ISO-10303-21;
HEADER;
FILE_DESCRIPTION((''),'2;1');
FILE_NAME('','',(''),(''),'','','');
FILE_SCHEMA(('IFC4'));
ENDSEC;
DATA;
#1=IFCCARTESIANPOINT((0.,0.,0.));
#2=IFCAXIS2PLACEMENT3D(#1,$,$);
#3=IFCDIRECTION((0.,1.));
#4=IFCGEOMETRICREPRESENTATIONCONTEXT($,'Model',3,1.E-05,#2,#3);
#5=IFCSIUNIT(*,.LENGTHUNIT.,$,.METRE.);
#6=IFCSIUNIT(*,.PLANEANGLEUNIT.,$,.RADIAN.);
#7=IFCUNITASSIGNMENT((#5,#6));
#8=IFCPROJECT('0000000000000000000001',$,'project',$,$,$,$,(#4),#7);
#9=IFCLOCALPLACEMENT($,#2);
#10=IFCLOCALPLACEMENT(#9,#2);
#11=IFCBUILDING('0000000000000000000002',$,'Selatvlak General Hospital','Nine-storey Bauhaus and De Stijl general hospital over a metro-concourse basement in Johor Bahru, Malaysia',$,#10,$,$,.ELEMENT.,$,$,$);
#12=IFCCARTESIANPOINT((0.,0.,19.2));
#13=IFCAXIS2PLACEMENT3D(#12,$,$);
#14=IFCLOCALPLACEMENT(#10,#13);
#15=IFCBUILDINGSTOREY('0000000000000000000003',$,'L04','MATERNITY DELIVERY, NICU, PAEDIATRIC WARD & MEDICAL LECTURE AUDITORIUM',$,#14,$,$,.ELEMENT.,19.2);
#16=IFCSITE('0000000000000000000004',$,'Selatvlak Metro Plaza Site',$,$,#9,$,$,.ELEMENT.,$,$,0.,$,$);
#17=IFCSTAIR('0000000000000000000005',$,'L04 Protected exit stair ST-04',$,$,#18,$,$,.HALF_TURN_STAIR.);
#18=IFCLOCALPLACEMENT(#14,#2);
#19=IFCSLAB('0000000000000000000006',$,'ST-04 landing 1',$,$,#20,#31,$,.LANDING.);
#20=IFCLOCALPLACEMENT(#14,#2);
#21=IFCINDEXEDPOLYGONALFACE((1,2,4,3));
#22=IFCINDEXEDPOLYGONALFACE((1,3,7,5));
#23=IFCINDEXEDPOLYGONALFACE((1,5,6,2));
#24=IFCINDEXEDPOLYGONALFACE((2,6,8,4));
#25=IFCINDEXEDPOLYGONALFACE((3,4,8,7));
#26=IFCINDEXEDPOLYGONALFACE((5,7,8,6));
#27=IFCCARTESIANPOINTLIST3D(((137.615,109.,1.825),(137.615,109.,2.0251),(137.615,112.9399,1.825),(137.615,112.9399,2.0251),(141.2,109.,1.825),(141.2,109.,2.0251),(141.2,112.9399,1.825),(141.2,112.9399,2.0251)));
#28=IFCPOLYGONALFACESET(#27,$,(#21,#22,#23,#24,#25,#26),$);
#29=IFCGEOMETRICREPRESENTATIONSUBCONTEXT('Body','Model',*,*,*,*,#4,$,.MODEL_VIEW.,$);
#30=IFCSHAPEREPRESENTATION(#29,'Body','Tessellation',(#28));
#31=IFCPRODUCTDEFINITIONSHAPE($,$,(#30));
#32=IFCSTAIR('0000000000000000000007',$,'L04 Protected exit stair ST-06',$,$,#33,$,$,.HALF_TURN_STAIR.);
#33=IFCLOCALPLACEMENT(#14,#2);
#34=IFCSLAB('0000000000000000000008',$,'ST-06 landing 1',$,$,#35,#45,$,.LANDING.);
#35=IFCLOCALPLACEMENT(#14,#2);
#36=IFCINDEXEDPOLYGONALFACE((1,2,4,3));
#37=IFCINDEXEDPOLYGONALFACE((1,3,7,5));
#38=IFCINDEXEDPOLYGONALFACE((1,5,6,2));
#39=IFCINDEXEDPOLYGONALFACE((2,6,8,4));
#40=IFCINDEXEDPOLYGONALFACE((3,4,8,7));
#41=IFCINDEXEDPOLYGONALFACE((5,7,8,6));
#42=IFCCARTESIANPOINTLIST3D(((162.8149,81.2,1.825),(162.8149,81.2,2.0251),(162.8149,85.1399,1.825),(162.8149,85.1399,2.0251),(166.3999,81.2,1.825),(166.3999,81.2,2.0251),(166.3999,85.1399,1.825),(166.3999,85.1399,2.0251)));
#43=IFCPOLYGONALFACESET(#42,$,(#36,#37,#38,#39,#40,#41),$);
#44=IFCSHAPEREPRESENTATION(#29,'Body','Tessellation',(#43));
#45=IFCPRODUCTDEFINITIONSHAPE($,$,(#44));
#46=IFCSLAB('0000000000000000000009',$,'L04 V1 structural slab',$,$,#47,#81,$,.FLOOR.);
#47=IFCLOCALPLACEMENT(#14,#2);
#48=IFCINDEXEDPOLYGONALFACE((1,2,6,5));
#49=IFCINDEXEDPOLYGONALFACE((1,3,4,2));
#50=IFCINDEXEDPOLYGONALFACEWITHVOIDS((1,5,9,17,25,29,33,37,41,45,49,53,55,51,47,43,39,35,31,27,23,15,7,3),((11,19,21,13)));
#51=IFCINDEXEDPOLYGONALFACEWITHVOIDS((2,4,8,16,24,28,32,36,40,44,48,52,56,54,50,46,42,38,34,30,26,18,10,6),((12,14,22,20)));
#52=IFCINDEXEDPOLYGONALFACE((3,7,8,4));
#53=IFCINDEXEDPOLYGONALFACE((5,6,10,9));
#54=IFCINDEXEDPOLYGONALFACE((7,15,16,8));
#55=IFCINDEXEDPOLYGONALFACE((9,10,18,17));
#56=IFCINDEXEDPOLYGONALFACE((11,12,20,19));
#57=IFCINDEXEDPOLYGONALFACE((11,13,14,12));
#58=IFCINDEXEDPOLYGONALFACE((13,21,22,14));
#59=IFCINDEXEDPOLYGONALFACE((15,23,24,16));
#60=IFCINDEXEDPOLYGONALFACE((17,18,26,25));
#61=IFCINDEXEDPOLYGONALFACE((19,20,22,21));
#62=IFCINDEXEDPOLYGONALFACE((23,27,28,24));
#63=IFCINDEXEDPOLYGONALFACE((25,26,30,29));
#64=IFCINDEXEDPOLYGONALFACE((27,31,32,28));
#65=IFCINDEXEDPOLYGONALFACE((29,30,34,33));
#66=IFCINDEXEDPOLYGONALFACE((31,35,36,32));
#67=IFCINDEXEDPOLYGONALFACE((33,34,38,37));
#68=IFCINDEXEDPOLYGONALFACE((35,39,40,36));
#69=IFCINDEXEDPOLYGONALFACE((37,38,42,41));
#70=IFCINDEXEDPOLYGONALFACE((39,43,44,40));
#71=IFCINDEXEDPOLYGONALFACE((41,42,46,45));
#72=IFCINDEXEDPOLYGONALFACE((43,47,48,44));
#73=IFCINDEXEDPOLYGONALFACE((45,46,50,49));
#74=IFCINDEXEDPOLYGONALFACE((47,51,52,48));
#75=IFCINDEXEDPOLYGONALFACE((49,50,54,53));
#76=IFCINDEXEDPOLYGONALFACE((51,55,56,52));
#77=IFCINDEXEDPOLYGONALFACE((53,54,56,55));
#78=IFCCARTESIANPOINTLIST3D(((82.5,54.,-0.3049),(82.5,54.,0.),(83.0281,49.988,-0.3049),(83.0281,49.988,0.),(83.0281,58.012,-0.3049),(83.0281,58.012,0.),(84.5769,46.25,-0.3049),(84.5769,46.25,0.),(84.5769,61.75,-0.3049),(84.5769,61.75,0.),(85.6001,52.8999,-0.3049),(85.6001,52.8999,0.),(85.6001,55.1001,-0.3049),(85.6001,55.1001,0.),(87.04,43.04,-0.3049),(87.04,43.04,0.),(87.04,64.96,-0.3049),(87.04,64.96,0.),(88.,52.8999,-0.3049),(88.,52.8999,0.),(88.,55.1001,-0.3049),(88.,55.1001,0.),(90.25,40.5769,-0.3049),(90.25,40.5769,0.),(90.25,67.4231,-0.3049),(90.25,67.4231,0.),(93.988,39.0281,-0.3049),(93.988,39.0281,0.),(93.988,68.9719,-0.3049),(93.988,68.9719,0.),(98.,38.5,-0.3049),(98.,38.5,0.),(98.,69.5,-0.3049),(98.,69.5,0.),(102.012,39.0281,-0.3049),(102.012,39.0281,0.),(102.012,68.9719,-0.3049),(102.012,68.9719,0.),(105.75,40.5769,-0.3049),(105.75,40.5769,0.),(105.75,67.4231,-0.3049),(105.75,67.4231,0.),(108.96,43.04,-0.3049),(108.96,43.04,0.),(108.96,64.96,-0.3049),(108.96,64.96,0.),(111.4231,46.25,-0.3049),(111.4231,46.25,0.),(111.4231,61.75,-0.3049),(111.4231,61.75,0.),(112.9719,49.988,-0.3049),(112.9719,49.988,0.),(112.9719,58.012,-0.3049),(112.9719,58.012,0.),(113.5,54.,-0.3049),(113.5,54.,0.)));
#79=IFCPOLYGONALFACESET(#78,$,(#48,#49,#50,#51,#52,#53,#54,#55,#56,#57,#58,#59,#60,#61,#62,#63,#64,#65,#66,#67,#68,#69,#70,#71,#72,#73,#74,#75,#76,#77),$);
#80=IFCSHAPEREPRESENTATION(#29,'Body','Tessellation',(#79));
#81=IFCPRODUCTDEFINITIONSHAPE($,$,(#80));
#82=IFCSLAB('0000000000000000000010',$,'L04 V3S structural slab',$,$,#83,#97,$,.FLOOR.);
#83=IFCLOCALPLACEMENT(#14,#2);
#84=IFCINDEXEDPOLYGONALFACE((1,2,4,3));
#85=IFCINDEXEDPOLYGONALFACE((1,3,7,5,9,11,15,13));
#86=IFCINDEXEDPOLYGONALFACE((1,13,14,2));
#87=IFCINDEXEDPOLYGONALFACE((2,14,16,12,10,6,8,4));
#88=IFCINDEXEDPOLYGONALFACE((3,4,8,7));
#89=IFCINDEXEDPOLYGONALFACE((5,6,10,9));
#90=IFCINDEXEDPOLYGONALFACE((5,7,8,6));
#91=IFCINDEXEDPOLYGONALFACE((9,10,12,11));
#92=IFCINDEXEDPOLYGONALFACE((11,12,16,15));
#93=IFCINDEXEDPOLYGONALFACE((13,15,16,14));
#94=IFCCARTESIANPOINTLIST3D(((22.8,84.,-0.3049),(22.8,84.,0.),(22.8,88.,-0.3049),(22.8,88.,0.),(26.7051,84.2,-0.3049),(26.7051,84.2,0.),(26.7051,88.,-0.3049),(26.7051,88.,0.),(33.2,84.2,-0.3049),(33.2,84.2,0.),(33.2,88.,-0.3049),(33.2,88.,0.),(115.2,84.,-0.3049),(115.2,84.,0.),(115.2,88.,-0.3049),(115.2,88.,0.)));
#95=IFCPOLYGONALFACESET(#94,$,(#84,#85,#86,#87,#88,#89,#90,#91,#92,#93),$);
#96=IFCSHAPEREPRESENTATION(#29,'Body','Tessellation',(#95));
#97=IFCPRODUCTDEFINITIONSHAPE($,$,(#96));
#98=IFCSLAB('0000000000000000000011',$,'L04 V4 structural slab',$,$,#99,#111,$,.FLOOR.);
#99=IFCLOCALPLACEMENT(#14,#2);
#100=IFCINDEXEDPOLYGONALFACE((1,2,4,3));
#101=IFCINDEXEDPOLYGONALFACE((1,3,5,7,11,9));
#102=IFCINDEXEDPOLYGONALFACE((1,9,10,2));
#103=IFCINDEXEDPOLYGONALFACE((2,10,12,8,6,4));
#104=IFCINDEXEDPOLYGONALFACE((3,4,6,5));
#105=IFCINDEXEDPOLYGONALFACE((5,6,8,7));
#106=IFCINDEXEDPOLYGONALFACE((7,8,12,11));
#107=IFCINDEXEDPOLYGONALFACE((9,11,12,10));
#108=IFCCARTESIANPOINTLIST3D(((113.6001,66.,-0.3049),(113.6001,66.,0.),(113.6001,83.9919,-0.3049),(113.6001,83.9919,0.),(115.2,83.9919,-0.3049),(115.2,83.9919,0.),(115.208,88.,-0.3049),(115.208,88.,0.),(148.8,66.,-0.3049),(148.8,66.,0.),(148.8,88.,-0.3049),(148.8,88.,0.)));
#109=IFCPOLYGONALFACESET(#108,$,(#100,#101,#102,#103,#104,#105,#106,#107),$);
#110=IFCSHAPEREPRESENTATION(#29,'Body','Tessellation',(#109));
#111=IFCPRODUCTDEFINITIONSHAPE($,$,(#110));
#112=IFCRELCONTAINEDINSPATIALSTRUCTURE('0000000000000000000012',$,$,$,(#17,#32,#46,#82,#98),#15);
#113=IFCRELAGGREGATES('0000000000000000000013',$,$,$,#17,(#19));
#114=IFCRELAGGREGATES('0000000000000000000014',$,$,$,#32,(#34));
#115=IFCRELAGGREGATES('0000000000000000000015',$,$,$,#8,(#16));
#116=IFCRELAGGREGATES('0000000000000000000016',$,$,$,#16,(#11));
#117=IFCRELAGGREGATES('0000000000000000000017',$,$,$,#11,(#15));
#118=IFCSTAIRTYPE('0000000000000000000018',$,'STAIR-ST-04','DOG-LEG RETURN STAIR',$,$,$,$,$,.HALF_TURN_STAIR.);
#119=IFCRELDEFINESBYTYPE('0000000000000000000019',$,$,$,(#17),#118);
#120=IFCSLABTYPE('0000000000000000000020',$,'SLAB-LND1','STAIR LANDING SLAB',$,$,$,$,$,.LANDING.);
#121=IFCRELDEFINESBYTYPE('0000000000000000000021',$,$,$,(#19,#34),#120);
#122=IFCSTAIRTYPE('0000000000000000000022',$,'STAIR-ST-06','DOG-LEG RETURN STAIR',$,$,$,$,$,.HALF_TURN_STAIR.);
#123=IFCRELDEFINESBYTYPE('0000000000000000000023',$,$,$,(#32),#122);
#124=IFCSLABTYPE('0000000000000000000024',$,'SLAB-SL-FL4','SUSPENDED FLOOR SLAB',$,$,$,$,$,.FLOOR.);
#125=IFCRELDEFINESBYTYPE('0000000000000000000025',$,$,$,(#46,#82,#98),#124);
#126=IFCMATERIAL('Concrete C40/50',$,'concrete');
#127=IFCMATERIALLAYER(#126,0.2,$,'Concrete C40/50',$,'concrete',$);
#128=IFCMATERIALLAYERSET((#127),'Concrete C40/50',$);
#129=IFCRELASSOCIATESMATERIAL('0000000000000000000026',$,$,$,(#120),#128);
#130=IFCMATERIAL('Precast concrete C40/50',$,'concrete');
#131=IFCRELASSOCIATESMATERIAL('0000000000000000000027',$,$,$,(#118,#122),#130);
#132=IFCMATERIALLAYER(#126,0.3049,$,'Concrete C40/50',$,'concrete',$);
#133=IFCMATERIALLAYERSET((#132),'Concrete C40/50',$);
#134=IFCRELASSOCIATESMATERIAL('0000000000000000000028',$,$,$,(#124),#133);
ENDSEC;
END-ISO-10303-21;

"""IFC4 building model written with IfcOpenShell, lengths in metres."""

from ifc_helpers import new_model, si_unit, direction, frame, origin, place, context, subcontext, project, spatial, polyline, outline, extrude, material, layer, layer_set, type_object, element, aggregate, save


model = new_model("IFC4")

# Units and contexts
model_context = context("Model", 3, precision=1e-05, world=origin(), true_north=direction((0.0, 1.0)))
body_context = subcontext(model_context, "Body", "Model", "MODEL_VIEW")
ifc_project = project(units=[si_unit("LENGTHUNIT", "METRE"), si_unit("PLANEANGLEUNIT", "RADIAN")], contexts=[model_context])

# Site, building, storey
site_placement = place(None, origin())
site = spatial("IfcSite", under=ifc_project, at=site_placement, Name="Selatvlak Metro Plaza Site", CompositionType="ELEMENT", RefElevation=0.0)
building_placement = place(site_placement, origin())
building = spatial("IfcBuilding", under=site, at=building_placement, Name="Selatvlak General Hospital", Description="Nine-storey Bauhaus and De Stijl general hospital over a metro-concourse basement in Johor Bahru, Malaysia", CompositionType="ELEMENT")
storey_placement = place(building_placement, frame((0.0, 0.0, 19.2)))
storey = spatial("IfcBuildingStorey", under=building, at=storey_placement, Name="L04", Description="MATERNITY DELIVERY, NICU, PAEDIATRIC WARD & MEDICAL LECTURE AUDITORIUM", CompositionType="ELEMENT", Elevation=19.2)

# Shared definitions
ifc_material_1 = material(Name="Concrete C40/50", Category="concrete")

# Stairs, slabs
ifc_material_2 = material(Name="Precast concrete C40/50", Category="concrete")
ifc_layer_1 = layer(ifc_material_1, 0.2, Name="Concrete C40/50", Category="concrete")
ifc_layer_set_1 = layer_set([ifc_layer_1], Name="Concrete C40/50")
slab_type_1 = type_object("IfcSlabType", Name="SLAB-LND1", Description="STAIR LANDING SLAB", PredefinedType="LANDING", material=ifc_layer_set_1)
stair_type_1 = type_object("IfcStairType", Name="STAIR-ST-04", Description="DOG-LEG RETURN STAIR", PredefinedType="HALF_TURN_STAIR", material=ifc_material_2)
stair_1_placement = place(storey_placement, origin())
stair_1 = element("IfcStair", 1, at=stair_1_placement, inside=storey, type_object=stair_type_1, Name="L04 Protected exit stair ST-04", PredefinedType="HALF_TURN_STAIR")
slab_1_placement = place(storey_placement, frame((0.0, 0.0, 1.825)))
slab_1 = element("IfcSlab", 2, at=slab_1_placement, type_object=slab_type_1, Name="ST-04 landing 1", PredefinedType="LANDING", context=body_context, shape_type="SweptSolid", body=[
    extrude(outline(polyline([(137.615, 109.0), (141.2, 109.0), (141.2, 112.9399), (137.615, 112.9399), (137.615, 109.0)])), origin(), (0.0, 0.0, 1.0), 0.2002),
])
aggregate(stair_1, [slab_1])
stair_type_2 = type_object("IfcStairType", Name="STAIR-ST-06", Description="DOG-LEG RETURN STAIR", PredefinedType="HALF_TURN_STAIR", material=ifc_material_2)
stair_2_placement = place(storey_placement, origin())
stair_2 = element("IfcStair", 3, at=stair_2_placement, inside=storey, type_object=stair_type_2, Name="L04 Protected exit stair ST-06", PredefinedType="HALF_TURN_STAIR")
slab_2_placement = place(storey_placement, frame((0.0, 0.0, 1.825)))
slab_2 = element("IfcSlab", 4, at=slab_2_placement, type_object=slab_type_1, Name="ST-06 landing 1", PredefinedType="LANDING", context=body_context, shape_type="SweptSolid", body=[
    extrude(outline(polyline([(162.8149, 81.2), (166.3999, 81.2), (166.3999, 85.1399), (162.8149, 85.1399), (162.8149, 81.2)])), origin(), (0.0, 0.0, 1.0), 0.2002),
])
aggregate(stair_2, [slab_2])

# Slabs
ifc_layer_2 = layer(ifc_material_1, 0.3049, Name="Concrete C40/50", Category="concrete")
ifc_layer_set_2 = layer_set([ifc_layer_2], Name="Concrete C40/50")
slab_type_2 = type_object("IfcSlabType", Name="SLAB-SL-FL4", Description="SUSPENDED FLOOR SLAB", PredefinedType="FLOOR", material=ifc_layer_set_2)
slab_3_placement = place(storey_placement, frame((0.0, 0.0, -0.3049)))
element("IfcSlab", 5, at=slab_3_placement, inside=storey, type_object=slab_type_2, Name="L04 V1 structural slab", PredefinedType="FLOOR", context=body_context, shape_type="SweptSolid", body=[
    extrude(outline(polyline([(112.9719, 49.988), (111.4231, 46.25), (108.96, 43.04), (105.75, 40.5769), (102.012, 39.0281), (98.0, 38.5), (93.988, 39.0281), (90.25, 40.5769), (87.04, 43.04), (84.5769, 46.25), (83.0281, 49.988), (82.5, 54.0), (83.0281, 58.012), (84.5769, 61.75), (87.04, 64.96), (90.25, 67.4231), (93.988, 68.9719), (98.0, 69.5), (102.012, 68.9719), (105.75, 67.4231), (108.96, 64.96), (111.4231, 61.75), (112.9719, 58.012), (113.5, 54.0), (112.9719, 49.988)]), holes=[polyline([(88.0, 55.1001), (85.6001, 55.1001), (85.6001, 52.8999), (88.0, 52.8999), (88.0, 55.1001)])]), origin(), (0.0, 0.0, 1.0), 0.3049),
])
slab_4_placement = place(storey_placement, frame((0.0, 0.0, -0.3049)))
element("IfcSlab", 6, at=slab_4_placement, inside=storey, type_object=slab_type_2, Name="L04 V3S structural slab", PredefinedType="FLOOR", context=body_context, shape_type="SweptSolid", body=[
    extrude(outline(polyline([(26.7051, 88.0), (26.7051, 84.2), (33.2, 84.2), (33.2, 88.0), (115.2, 88.0), (115.2, 84.0), (22.8, 84.0), (22.8, 88.0), (26.7051, 88.0)])), origin(), (0.0, 0.0, 1.0), 0.3049),
])
slab_5_placement = place(storey_placement, frame((0.0, 0.0, -0.3049)))
element("IfcSlab", 7, at=slab_5_placement, inside=storey, type_object=slab_type_2, Name="L04 V4 structural slab", PredefinedType="FLOOR", context=body_context, shape_type="SweptSolid", body=[
    extrude(outline(polyline([(113.6001, 83.9919), (115.2, 83.9919), (115.208, 88.0), (148.8, 88.0), (148.8, 66.0), (113.6001, 66.0), (113.6001, 83.9919)])), origin(), (0.0, 0.0, 1.0), 0.3049),
])

save(model, "model.ifc")
